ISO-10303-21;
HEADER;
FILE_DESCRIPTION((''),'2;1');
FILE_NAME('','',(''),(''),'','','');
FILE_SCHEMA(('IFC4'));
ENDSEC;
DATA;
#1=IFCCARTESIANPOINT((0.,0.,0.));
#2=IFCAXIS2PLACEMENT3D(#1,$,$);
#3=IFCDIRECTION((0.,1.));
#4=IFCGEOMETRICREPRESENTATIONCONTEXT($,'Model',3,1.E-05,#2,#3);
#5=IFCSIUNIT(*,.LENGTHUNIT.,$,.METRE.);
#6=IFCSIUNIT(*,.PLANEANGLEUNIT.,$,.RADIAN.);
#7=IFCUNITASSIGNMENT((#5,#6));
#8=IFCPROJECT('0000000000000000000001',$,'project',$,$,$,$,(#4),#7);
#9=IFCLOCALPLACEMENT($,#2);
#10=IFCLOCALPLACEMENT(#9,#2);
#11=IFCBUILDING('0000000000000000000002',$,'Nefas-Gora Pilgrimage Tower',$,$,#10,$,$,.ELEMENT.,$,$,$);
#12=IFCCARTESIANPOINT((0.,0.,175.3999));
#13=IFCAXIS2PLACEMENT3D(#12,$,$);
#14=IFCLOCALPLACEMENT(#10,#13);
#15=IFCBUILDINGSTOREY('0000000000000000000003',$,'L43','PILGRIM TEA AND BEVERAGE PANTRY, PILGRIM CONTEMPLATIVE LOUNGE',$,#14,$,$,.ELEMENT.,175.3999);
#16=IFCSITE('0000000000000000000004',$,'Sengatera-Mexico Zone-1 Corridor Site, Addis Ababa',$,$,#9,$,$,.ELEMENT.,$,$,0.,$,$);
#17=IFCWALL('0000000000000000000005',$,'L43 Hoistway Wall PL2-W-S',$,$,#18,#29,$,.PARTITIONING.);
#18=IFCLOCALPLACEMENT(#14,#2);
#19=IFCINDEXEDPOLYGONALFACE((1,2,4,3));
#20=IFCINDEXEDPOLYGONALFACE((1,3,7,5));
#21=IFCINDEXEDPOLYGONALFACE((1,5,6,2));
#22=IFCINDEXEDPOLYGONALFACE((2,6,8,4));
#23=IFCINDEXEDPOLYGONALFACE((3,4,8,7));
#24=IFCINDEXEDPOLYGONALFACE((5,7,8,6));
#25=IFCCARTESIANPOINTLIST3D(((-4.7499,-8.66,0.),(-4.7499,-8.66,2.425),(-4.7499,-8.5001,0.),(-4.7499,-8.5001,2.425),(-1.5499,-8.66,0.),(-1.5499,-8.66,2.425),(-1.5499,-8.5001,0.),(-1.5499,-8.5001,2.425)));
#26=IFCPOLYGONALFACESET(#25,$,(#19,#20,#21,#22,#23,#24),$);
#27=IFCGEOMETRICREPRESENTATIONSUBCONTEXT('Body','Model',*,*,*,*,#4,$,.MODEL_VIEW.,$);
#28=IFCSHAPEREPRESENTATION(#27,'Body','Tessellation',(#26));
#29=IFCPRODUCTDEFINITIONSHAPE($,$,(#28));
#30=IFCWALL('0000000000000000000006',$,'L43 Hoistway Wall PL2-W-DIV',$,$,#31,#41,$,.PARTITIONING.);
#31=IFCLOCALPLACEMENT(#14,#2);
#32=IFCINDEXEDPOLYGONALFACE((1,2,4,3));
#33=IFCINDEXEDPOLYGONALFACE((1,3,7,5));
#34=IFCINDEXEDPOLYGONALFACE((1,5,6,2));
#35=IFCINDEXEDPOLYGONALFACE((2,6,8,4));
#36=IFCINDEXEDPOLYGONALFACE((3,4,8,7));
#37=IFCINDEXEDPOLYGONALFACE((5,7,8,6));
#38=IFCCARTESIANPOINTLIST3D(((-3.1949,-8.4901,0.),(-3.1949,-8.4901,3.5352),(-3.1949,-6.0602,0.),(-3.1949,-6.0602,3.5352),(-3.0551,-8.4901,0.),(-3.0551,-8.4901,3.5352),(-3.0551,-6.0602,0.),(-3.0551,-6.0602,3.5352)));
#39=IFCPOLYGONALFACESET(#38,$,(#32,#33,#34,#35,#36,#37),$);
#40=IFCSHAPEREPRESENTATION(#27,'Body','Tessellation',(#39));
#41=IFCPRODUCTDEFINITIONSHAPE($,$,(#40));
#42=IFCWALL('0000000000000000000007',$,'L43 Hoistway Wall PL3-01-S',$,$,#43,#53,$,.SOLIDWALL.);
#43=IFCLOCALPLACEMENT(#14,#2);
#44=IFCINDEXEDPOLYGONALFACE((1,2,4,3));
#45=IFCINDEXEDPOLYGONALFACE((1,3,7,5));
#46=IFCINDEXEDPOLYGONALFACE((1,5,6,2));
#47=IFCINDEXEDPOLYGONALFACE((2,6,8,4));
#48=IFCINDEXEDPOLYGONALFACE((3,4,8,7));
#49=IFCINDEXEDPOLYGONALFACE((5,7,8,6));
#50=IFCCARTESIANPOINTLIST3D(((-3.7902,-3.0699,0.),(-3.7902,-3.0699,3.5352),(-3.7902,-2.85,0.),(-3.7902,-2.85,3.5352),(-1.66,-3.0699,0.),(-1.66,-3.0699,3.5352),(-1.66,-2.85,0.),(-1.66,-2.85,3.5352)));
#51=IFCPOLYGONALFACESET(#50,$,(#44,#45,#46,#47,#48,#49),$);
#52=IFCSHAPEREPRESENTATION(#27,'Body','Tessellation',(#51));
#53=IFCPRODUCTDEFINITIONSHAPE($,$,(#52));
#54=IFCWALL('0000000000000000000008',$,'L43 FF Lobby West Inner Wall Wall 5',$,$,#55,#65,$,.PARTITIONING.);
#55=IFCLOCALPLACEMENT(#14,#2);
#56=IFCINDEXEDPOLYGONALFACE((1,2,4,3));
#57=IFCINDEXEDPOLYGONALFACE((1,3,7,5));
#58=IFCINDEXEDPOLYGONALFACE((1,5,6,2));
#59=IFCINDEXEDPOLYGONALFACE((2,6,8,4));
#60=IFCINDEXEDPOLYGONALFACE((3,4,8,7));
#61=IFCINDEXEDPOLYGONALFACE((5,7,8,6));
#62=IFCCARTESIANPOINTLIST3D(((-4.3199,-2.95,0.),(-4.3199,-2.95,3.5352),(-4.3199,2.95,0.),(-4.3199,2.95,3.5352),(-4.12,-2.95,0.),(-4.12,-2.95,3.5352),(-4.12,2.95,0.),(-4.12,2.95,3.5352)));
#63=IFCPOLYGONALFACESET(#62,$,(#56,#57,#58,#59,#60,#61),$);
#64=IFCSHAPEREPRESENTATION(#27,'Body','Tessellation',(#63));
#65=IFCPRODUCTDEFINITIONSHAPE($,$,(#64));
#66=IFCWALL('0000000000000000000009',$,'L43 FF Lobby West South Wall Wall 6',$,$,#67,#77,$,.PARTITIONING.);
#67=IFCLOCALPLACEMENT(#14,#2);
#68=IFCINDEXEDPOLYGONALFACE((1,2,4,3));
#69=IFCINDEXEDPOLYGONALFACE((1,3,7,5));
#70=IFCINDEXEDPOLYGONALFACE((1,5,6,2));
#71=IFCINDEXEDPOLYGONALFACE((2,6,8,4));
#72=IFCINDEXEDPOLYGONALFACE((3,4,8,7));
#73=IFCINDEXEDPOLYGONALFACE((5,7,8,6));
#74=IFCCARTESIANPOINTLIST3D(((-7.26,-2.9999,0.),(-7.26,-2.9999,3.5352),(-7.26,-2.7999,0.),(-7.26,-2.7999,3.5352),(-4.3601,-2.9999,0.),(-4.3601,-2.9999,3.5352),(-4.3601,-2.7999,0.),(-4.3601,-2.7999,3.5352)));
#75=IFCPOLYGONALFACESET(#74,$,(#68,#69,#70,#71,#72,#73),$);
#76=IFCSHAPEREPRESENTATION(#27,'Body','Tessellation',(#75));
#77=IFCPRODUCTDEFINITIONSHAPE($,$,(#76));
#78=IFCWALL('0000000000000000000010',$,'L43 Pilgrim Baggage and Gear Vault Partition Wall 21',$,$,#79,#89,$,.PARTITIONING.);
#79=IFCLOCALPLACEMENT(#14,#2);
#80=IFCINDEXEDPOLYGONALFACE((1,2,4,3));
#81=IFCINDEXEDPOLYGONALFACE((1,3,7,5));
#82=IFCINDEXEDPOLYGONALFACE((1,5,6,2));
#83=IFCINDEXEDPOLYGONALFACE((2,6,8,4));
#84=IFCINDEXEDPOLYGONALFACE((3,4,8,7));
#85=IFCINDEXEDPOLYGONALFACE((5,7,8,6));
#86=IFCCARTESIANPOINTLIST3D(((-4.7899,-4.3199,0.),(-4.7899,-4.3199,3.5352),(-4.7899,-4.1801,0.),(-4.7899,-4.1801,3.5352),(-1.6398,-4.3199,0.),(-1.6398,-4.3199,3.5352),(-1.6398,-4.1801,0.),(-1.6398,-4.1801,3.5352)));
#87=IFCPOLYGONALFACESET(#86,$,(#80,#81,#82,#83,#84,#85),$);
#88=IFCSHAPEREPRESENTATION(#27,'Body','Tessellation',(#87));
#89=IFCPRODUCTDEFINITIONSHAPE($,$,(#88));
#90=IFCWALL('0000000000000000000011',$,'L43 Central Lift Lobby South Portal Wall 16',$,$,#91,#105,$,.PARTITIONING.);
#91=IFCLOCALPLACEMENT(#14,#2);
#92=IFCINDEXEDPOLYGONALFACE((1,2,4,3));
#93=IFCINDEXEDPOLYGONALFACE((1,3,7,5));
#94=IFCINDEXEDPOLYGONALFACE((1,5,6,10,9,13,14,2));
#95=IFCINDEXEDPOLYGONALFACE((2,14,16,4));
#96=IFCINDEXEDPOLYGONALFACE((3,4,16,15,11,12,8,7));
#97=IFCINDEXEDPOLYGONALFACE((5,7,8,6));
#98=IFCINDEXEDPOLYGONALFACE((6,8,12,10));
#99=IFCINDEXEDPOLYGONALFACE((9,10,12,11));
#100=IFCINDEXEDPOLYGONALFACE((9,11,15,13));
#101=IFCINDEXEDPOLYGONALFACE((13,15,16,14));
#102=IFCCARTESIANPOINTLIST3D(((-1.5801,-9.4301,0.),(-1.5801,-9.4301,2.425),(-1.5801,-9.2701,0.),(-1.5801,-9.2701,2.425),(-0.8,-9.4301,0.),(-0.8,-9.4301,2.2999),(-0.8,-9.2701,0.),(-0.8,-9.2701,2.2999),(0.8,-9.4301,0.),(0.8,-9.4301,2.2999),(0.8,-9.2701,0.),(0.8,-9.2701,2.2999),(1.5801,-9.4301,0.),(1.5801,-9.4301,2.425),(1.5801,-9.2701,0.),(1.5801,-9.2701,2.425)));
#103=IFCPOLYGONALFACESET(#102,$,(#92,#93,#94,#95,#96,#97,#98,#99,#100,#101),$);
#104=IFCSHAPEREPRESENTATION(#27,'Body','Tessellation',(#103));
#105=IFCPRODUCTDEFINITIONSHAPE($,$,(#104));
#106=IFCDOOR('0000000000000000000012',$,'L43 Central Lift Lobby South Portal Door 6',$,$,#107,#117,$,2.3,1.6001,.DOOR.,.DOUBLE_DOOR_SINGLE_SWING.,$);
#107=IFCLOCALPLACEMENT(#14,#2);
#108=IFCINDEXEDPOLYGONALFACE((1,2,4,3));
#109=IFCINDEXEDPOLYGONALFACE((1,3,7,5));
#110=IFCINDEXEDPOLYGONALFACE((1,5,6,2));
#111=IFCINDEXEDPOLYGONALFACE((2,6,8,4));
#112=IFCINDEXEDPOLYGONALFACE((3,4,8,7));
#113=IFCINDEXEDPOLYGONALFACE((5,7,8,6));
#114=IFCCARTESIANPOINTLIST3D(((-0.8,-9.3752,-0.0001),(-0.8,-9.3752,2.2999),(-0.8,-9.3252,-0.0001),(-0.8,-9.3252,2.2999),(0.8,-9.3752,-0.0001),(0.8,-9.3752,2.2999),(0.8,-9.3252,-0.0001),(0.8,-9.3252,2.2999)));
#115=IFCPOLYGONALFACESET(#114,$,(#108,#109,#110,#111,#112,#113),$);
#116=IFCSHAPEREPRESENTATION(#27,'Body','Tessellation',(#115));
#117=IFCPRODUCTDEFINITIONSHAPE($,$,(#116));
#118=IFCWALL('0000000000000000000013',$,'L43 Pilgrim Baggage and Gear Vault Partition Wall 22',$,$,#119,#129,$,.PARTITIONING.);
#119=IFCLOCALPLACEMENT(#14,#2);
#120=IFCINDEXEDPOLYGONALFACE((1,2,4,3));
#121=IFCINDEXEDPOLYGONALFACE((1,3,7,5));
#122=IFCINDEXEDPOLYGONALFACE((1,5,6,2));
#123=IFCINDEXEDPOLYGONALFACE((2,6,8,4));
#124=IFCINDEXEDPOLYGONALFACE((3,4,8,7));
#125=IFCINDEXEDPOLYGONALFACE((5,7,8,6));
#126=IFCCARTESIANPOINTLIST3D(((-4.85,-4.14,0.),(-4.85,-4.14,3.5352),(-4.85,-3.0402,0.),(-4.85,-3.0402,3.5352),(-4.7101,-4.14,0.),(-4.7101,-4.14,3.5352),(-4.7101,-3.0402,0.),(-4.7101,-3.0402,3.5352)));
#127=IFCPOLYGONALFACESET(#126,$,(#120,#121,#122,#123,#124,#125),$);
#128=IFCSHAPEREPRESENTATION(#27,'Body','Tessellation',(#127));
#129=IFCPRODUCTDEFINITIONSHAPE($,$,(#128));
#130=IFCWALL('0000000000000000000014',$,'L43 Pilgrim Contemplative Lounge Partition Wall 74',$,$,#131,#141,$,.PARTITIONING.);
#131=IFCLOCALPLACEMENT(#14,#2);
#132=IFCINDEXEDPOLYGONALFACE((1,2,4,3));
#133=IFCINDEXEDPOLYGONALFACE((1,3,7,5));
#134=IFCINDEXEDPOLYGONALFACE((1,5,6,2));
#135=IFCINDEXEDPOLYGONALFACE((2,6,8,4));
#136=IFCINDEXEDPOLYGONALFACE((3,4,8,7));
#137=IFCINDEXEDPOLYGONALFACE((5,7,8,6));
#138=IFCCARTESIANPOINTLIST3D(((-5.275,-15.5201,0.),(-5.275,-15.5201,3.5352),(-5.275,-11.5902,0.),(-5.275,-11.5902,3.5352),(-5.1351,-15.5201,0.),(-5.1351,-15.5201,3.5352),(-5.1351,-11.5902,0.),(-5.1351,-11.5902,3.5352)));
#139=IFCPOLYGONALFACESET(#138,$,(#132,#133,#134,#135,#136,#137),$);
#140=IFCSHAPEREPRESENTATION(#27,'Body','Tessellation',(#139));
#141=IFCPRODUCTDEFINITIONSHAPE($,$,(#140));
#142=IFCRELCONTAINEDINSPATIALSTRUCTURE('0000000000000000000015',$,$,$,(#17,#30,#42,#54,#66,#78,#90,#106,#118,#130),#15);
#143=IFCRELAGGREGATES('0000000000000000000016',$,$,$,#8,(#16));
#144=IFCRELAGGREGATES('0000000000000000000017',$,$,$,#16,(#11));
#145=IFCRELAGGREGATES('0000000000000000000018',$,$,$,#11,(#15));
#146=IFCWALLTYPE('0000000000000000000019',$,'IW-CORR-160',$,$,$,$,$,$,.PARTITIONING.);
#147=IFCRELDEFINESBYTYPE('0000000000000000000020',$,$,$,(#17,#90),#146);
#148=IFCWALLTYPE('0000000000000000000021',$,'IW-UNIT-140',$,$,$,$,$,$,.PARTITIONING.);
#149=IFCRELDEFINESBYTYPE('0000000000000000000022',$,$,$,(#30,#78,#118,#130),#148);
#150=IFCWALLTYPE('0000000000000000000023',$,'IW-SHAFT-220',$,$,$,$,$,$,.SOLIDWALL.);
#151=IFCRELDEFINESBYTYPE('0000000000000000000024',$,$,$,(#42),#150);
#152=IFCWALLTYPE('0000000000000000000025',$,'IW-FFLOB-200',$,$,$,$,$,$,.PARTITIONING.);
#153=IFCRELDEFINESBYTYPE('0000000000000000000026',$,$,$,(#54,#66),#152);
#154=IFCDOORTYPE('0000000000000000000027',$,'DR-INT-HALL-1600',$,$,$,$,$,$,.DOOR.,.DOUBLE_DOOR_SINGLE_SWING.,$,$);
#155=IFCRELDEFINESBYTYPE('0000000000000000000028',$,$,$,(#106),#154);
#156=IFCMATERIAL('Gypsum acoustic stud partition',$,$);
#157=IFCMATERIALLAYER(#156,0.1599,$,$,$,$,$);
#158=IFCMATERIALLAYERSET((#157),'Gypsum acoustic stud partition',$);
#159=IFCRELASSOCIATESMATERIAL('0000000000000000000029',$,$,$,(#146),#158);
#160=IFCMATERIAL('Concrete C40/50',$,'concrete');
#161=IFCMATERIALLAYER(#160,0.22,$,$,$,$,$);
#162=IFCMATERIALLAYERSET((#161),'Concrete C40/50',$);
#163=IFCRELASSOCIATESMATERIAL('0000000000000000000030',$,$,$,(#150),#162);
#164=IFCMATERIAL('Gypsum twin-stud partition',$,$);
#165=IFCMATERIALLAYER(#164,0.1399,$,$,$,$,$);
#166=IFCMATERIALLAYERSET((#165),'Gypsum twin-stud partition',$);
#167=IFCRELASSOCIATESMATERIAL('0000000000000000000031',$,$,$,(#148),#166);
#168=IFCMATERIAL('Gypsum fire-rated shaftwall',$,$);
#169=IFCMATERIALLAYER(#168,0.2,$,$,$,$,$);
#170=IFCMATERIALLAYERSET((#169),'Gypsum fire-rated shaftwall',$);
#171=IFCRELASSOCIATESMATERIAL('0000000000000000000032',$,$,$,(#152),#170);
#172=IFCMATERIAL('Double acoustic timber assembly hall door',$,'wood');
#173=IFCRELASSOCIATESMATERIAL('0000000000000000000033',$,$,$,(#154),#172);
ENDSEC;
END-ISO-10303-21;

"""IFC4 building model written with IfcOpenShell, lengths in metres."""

from ifc_helpers import new_model, si_unit, direction, frame, frame_2d, origin, place, context, subcontext, project, spatial, rectangle, extrude, source, transform, mapped, material, layer, layer_set, type_object, element, fill, save


model = new_model("IFC4")

# Units and contexts
model_context = context("Model", 3, precision=1e-05, world=origin(), true_north=direction((0.0, 1.0)))
body_context = subcontext(model_context, "Body", "Model", "MODEL_VIEW")
ifc_project = project(units=[si_unit("LENGTHUNIT", "METRE"), si_unit("PLANEANGLEUNIT", "RADIAN")], contexts=[model_context])

# Site, building, storey
site_placement = place(None, origin())
site = spatial("IfcSite", under=ifc_project, at=site_placement, Name="Sengatera-Mexico Zone-1 Corridor Site, Addis Ababa", CompositionType="ELEMENT", RefElevation=0.0)
building_placement = place(site_placement, origin())
building = spatial("IfcBuilding", under=site, at=building_placement, Name="Nefas-Gora Pilgrimage Tower", CompositionType="ELEMENT")
storey_placement = place(building_placement, frame((0.0, 0.0, 175.3999)))
storey = spatial("IfcBuildingStorey", under=building, at=storey_placement, Name="L43", Description="PILGRIM TEA AND BEVERAGE PANTRY, PILGRIM CONTEMPLATIVE LOUNGE", CompositionType="ELEMENT", Elevation=175.3999)

# Walls
ifc_material_1 = material(Name="Gypsum acoustic stud partition")
ifc_layer_1 = layer(ifc_material_1, 0.1599)
ifc_layer_set_1 = layer_set([ifc_layer_1], Name="Gypsum acoustic stud partition")
wall_type_1 = type_object("IfcWallType", Name="IW-CORR-160", PredefinedType="PARTITIONING", material=ifc_layer_set_1)
shared_shape_1 = source(origin(), body_context, "Body", "SweptSolid", [
    extrude(rectangle(XDim=3.2, YDim=0.1599, at=frame_2d((1.6001, 0.0))), origin(), (0.0, 0.0, 1.0), 2.425),
])
wall_1_placement = place(storey_placement, frame((-4.75, -8.5801, 0.0), z_axis=(0.0, 0.0, 1.0), x_axis=(1.0, 0.0, 0.0)))
element("IfcWall", 1, at=wall_1_placement, inside=storey, type_object=wall_type_1, Name="L43 Hoistway Wall PL2-W-S", PredefinedType="PARTITIONING", context=body_context, shape_type="MappedRepresentation", body=[
    mapped(shared_shape_1, transform((0.0, 0.0, 0.0), x_axis=(1.0, 0.0, 0.0), y_axis=(0.0, 1.0, 0.0), z_axis=(0.0, 0.0, 1.0), scale=1.0)),
])
ifc_material_2 = material(Name="Concrete C40/50", Category="concrete")
ifc_layer_2 = layer(ifc_material_2, 0.22)
ifc_layer_set_2 = layer_set([ifc_layer_2], Name="Concrete C40/50")
wall_type_2 = type_object("IfcWallType", Name="IW-SHAFT-220", PredefinedType="SOLIDWALL", material=ifc_layer_set_2)
ifc_material_3 = material(Name="Gypsum twin-stud partition")
ifc_layer_3 = layer(ifc_material_3, 0.1399)
ifc_layer_set_3 = layer_set([ifc_layer_3], Name="Gypsum twin-stud partition")
wall_type_3 = type_object("IfcWallType", Name="IW-UNIT-140", PredefinedType="PARTITIONING", material=ifc_layer_set_3)
shared_shape_2 = source(origin(), body_context, "Body", "SweptSolid", [
    extrude(rectangle(XDim=2.4299, YDim=0.1399, at=frame_2d((1.2148, 0.0))), origin(), (0.0, 0.0, 1.0), 3.5352),
])
wall_2_placement = place(storey_placement, frame((-3.125, -8.49, 0.0), z_axis=(0.0, 0.0, 1.0), x_axis=(0.0, 1.0, 0.0)))
element("IfcWall", 2, at=wall_2_placement, inside=storey, type_object=wall_type_3, Name="L43 Hoistway Wall PL2-W-DIV", PredefinedType="PARTITIONING", context=body_context, shape_type="MappedRepresentation", body=[
    mapped(shared_shape_2, transform((0.0, 0.0, 0.0), x_axis=(1.0, 0.0, 0.0), y_axis=(0.0, 1.0, 0.0), z_axis=(0.0, 0.0, 1.0), scale=1.0)),
])
shared_shape_3 = source(origin(), body_context, "Body", "SweptSolid", [
    extrude(rectangle(XDim=2.1301, YDim=0.22, at=frame_2d((1.0649, 0.0))), origin(), (0.0, 0.0, 1.0), 3.5352),
])
wall_3_placement = place(storey_placement, frame((-3.79, -2.96, 0.0), z_axis=(0.0, 0.0, 1.0), x_axis=(1.0, 0.0, 0.0)))
element("IfcWall", 3, at=wall_3_placement, inside=storey, type_object=wall_type_2, Name="L43 Hoistway Wall PL3-01-S", PredefinedType="SOLIDWALL", context=body_context, shape_type="MappedRepresentation", body=[
    mapped(shared_shape_3, transform((0.0, 0.0, 0.0), x_axis=(1.0, 0.0, 0.0), y_axis=(0.0, 1.0, 0.0), z_axis=(0.0, 0.0, 1.0), scale=1.0)),
])
ifc_material_4 = material(Name="Gypsum fire-rated shaftwall")
ifc_layer_4 = layer(ifc_material_4, 0.2)
ifc_layer_set_4 = layer_set([ifc_layer_4], Name="Gypsum fire-rated shaftwall")
wall_type_4 = type_object("IfcWallType", Name="IW-FFLOB-200", PredefinedType="PARTITIONING", material=ifc_layer_set_4)
shared_shape_4 = source(origin(), body_context, "Body", "SweptSolid", [
    extrude(rectangle(XDim=5.8999, YDim=0.2, at=frame_2d((2.95, 0.0))), origin(), (0.0, 0.0, 1.0), 3.5352),
])
wall_4_placement = place(storey_placement, frame((-4.22, -2.95, 0.0), z_axis=(0.0, 0.0, 1.0), x_axis=(0.0, 1.0, 0.0)))
element("IfcWall", 4, at=wall_4_placement, inside=storey, type_object=wall_type_4, Name="L43 FF Lobby West Inner Wall Wall 5", PredefinedType="PARTITIONING", context=body_context, shape_type="MappedRepresentation", body=[
    mapped(shared_shape_4, transform((0.0, 0.0, 0.0), x_axis=(1.0, 0.0, 0.0), y_axis=(0.0, 1.0, 0.0), z_axis=(0.0, 0.0, 1.0), scale=1.0)),
])
shared_shape_5 = source(origin(), body_context, "Body", "SweptSolid", [
    extrude(rectangle(XDim=2.8999, YDim=0.2, at=frame_2d((1.45, 0.0))), origin(), (0.0, 0.0, 1.0), 3.5352),
])
wall_5_placement = place(storey_placement, frame((-7.26, -2.8999, 0.0), z_axis=(0.0, 0.0, 1.0), x_axis=(1.0, 0.0, 0.0)))
element("IfcWall", 5, at=wall_5_placement, inside=storey, type_object=wall_type_4, Name="L43 FF Lobby West South Wall Wall 6", PredefinedType="PARTITIONING", context=body_context, shape_type="MappedRepresentation", body=[
    mapped(shared_shape_5, transform((0.0, 0.0, 0.0), x_axis=(1.0, 0.0, 0.0), y_axis=(0.0, 1.0, 0.0), z_axis=(0.0, 0.0, 1.0), scale=1.0)),
])
shared_shape_6 = source(origin(), body_context, "Body", "SweptSolid", [
    extrude(rectangle(XDim=3.1501, YDim=0.1399, at=frame_2d((1.5752, 0.0))), origin(), (0.0, 0.0, 1.0), 3.5352),
])
wall_6_placement = place(storey_placement, frame((-4.79, -4.25, 0.0), z_axis=(0.0, 0.0, 1.0), x_axis=(1.0, 0.0, 0.0)))
element("IfcWall", 6, at=wall_6_placement, inside=storey, type_object=wall_type_3, Name="L43 Pilgrim Baggage and Gear Vault Partition Wall 21", PredefinedType="PARTITIONING", context=body_context, shape_type="MappedRepresentation", body=[
    mapped(shared_shape_6, transform((0.0, 0.0, 0.0), x_axis=(1.0, 0.0, 0.0), y_axis=(0.0, 1.0, 0.0), z_axis=(0.0, 0.0, 1.0), scale=1.0)),
])

# Wall, opening, door
shared_shape_7 = source(origin(), body_context, "Body", "SweptSolid", [
    extrude(rectangle(XDim=3.1602, YDim=0.1599, at=frame_2d((1.5801, 0.0))), origin(), (0.0, 0.0, 1.0), 2.425),
])
wall_7_placement = place(storey_placement, frame((-1.5801, -9.3501, 0.0), z_axis=(0.0, 0.0, 1.0), x_axis=(1.0, 0.0, 0.0)))
wall_7 = element("IfcWall", 7, at=wall_7_placement, inside=storey, type_object=wall_type_1, Name="L43 Central Lift Lobby South Portal Wall 16", PredefinedType="PARTITIONING", context=body_context, shape_type="MappedRepresentation", body=[
    mapped(shared_shape_7, transform((0.0, 0.0, 0.0), x_axis=(1.0, 0.0, 0.0), y_axis=(0.0, 1.0, 0.0), z_axis=(0.0, 0.0, 1.0), scale=1.0)),
])
opening_1_placement = place(wall_7_placement, frame((0.78, 0.0, 0.0)))
opening_1 = element("IfcOpeningElement", 8, at=opening_1_placement, cuts=wall_7, PredefinedType="OPENING", context=body_context, shape_type="SweptSolid", body=[
    extrude(rectangle(XDim=1.6001, YDim=2.3, at=frame_2d((0.8, 1.1499))), frame((0.0, 0.0898, 0.0), z_axis=(0.0, -1.0, 0.0), x_axis=(1.0, 0.0, 0.0)), (0.0, 0.0, 1.0), 0.1799),
])
ifc_material_5 = material(Name="Double acoustic timber assembly hall door", Category="wood")
door_type_1 = type_object("IfcDoorType", Name="DR-INT-HALL-1600", OperationType="DOUBLE_DOOR_SINGLE_SWING", PredefinedType="DOOR", material=ifc_material_5)
shared_shape_8 = source(origin(), body_context, "Body", "SweptSolid", [
    extrude(rectangle(XDim=1.6001, YDim=2.3, at=frame_2d((0.8, 1.1499))), frame((0.0, 0.0249, 0.0), z_axis=(0.0, -1.0, 0.0), x_axis=(1.0, 0.0, 0.0)), (0.0, 0.0, 1.0), 0.05),
])
door_1_placement = place(opening_1_placement, origin())
door_1 = element("IfcDoor", 9, at=door_1_placement, inside=storey, type_object=door_type_1, Name="L43 Central Lift Lobby South Portal Door 6", OperationType="DOUBLE_DOOR_SINGLE_SWING", OverallHeight=2.3, OverallWidth=1.6001, PredefinedType="DOOR", context=body_context, shape_type="MappedRepresentation", body=[
    mapped(shared_shape_8, transform((0.0, 0.0, 0.0), x_axis=(1.0, 0.0, 0.0), y_axis=(0.0, 1.0, 0.0), z_axis=(0.0, 0.0, 1.0), scale=1.0)),
])
fill(opening_1, door_1)

# Walls
shared_shape_9 = source(origin(), body_context, "Body", "SweptSolid", [
    extrude(rectangle(XDim=1.0999, YDim=0.1399, at=frame_2d((0.5498, 0.0))), origin(), (0.0, 0.0, 1.0), 3.5352),
])
wall_8_placement = place(storey_placement, frame((-4.78, -4.1399, 0.0), z_axis=(0.0, 0.0, 1.0), x_axis=(0.0, 1.0, 0.0)))
element("IfcWall", 10, at=wall_8_placement, inside=storey, type_object=wall_type_3, Name="L43 Pilgrim Baggage and Gear Vault Partition Wall 22", PredefinedType="PARTITIONING", context=body_context, shape_type="MappedRepresentation", body=[
    mapped(shared_shape_9, transform((0.0, 0.0, 0.0), x_axis=(1.0, 0.0, 0.0), y_axis=(0.0, 1.0, 0.0), z_axis=(0.0, 0.0, 1.0), scale=1.0)),
])
shared_shape_10 = source(origin(), body_context, "Body", "SweptSolid", [
    extrude(rectangle(XDim=3.9299, YDim=0.1399, at=frame_2d((1.9648, 0.0))), origin(), (0.0, 0.0, 1.0), 3.5352),
])
wall_9_placement = place(storey_placement, frame((-5.2051, -15.52, 0.0), z_axis=(0.0, 0.0, 1.0), x_axis=(0.0, 1.0, 0.0)))
element("IfcWall", 11, at=wall_9_placement, inside=storey, type_object=wall_type_3, Name="L43 Pilgrim Contemplative Lounge Partition Wall 74", PredefinedType="PARTITIONING", context=body_context, shape_type="MappedRepresentation", body=[
    mapped(shared_shape_10, transform((0.0, 0.0, 0.0), x_axis=(1.0, 0.0, 0.0), y_axis=(0.0, 1.0, 0.0), z_axis=(0.0, 0.0, 1.0), scale=1.0)),
])

save(model, "model.ifc")
